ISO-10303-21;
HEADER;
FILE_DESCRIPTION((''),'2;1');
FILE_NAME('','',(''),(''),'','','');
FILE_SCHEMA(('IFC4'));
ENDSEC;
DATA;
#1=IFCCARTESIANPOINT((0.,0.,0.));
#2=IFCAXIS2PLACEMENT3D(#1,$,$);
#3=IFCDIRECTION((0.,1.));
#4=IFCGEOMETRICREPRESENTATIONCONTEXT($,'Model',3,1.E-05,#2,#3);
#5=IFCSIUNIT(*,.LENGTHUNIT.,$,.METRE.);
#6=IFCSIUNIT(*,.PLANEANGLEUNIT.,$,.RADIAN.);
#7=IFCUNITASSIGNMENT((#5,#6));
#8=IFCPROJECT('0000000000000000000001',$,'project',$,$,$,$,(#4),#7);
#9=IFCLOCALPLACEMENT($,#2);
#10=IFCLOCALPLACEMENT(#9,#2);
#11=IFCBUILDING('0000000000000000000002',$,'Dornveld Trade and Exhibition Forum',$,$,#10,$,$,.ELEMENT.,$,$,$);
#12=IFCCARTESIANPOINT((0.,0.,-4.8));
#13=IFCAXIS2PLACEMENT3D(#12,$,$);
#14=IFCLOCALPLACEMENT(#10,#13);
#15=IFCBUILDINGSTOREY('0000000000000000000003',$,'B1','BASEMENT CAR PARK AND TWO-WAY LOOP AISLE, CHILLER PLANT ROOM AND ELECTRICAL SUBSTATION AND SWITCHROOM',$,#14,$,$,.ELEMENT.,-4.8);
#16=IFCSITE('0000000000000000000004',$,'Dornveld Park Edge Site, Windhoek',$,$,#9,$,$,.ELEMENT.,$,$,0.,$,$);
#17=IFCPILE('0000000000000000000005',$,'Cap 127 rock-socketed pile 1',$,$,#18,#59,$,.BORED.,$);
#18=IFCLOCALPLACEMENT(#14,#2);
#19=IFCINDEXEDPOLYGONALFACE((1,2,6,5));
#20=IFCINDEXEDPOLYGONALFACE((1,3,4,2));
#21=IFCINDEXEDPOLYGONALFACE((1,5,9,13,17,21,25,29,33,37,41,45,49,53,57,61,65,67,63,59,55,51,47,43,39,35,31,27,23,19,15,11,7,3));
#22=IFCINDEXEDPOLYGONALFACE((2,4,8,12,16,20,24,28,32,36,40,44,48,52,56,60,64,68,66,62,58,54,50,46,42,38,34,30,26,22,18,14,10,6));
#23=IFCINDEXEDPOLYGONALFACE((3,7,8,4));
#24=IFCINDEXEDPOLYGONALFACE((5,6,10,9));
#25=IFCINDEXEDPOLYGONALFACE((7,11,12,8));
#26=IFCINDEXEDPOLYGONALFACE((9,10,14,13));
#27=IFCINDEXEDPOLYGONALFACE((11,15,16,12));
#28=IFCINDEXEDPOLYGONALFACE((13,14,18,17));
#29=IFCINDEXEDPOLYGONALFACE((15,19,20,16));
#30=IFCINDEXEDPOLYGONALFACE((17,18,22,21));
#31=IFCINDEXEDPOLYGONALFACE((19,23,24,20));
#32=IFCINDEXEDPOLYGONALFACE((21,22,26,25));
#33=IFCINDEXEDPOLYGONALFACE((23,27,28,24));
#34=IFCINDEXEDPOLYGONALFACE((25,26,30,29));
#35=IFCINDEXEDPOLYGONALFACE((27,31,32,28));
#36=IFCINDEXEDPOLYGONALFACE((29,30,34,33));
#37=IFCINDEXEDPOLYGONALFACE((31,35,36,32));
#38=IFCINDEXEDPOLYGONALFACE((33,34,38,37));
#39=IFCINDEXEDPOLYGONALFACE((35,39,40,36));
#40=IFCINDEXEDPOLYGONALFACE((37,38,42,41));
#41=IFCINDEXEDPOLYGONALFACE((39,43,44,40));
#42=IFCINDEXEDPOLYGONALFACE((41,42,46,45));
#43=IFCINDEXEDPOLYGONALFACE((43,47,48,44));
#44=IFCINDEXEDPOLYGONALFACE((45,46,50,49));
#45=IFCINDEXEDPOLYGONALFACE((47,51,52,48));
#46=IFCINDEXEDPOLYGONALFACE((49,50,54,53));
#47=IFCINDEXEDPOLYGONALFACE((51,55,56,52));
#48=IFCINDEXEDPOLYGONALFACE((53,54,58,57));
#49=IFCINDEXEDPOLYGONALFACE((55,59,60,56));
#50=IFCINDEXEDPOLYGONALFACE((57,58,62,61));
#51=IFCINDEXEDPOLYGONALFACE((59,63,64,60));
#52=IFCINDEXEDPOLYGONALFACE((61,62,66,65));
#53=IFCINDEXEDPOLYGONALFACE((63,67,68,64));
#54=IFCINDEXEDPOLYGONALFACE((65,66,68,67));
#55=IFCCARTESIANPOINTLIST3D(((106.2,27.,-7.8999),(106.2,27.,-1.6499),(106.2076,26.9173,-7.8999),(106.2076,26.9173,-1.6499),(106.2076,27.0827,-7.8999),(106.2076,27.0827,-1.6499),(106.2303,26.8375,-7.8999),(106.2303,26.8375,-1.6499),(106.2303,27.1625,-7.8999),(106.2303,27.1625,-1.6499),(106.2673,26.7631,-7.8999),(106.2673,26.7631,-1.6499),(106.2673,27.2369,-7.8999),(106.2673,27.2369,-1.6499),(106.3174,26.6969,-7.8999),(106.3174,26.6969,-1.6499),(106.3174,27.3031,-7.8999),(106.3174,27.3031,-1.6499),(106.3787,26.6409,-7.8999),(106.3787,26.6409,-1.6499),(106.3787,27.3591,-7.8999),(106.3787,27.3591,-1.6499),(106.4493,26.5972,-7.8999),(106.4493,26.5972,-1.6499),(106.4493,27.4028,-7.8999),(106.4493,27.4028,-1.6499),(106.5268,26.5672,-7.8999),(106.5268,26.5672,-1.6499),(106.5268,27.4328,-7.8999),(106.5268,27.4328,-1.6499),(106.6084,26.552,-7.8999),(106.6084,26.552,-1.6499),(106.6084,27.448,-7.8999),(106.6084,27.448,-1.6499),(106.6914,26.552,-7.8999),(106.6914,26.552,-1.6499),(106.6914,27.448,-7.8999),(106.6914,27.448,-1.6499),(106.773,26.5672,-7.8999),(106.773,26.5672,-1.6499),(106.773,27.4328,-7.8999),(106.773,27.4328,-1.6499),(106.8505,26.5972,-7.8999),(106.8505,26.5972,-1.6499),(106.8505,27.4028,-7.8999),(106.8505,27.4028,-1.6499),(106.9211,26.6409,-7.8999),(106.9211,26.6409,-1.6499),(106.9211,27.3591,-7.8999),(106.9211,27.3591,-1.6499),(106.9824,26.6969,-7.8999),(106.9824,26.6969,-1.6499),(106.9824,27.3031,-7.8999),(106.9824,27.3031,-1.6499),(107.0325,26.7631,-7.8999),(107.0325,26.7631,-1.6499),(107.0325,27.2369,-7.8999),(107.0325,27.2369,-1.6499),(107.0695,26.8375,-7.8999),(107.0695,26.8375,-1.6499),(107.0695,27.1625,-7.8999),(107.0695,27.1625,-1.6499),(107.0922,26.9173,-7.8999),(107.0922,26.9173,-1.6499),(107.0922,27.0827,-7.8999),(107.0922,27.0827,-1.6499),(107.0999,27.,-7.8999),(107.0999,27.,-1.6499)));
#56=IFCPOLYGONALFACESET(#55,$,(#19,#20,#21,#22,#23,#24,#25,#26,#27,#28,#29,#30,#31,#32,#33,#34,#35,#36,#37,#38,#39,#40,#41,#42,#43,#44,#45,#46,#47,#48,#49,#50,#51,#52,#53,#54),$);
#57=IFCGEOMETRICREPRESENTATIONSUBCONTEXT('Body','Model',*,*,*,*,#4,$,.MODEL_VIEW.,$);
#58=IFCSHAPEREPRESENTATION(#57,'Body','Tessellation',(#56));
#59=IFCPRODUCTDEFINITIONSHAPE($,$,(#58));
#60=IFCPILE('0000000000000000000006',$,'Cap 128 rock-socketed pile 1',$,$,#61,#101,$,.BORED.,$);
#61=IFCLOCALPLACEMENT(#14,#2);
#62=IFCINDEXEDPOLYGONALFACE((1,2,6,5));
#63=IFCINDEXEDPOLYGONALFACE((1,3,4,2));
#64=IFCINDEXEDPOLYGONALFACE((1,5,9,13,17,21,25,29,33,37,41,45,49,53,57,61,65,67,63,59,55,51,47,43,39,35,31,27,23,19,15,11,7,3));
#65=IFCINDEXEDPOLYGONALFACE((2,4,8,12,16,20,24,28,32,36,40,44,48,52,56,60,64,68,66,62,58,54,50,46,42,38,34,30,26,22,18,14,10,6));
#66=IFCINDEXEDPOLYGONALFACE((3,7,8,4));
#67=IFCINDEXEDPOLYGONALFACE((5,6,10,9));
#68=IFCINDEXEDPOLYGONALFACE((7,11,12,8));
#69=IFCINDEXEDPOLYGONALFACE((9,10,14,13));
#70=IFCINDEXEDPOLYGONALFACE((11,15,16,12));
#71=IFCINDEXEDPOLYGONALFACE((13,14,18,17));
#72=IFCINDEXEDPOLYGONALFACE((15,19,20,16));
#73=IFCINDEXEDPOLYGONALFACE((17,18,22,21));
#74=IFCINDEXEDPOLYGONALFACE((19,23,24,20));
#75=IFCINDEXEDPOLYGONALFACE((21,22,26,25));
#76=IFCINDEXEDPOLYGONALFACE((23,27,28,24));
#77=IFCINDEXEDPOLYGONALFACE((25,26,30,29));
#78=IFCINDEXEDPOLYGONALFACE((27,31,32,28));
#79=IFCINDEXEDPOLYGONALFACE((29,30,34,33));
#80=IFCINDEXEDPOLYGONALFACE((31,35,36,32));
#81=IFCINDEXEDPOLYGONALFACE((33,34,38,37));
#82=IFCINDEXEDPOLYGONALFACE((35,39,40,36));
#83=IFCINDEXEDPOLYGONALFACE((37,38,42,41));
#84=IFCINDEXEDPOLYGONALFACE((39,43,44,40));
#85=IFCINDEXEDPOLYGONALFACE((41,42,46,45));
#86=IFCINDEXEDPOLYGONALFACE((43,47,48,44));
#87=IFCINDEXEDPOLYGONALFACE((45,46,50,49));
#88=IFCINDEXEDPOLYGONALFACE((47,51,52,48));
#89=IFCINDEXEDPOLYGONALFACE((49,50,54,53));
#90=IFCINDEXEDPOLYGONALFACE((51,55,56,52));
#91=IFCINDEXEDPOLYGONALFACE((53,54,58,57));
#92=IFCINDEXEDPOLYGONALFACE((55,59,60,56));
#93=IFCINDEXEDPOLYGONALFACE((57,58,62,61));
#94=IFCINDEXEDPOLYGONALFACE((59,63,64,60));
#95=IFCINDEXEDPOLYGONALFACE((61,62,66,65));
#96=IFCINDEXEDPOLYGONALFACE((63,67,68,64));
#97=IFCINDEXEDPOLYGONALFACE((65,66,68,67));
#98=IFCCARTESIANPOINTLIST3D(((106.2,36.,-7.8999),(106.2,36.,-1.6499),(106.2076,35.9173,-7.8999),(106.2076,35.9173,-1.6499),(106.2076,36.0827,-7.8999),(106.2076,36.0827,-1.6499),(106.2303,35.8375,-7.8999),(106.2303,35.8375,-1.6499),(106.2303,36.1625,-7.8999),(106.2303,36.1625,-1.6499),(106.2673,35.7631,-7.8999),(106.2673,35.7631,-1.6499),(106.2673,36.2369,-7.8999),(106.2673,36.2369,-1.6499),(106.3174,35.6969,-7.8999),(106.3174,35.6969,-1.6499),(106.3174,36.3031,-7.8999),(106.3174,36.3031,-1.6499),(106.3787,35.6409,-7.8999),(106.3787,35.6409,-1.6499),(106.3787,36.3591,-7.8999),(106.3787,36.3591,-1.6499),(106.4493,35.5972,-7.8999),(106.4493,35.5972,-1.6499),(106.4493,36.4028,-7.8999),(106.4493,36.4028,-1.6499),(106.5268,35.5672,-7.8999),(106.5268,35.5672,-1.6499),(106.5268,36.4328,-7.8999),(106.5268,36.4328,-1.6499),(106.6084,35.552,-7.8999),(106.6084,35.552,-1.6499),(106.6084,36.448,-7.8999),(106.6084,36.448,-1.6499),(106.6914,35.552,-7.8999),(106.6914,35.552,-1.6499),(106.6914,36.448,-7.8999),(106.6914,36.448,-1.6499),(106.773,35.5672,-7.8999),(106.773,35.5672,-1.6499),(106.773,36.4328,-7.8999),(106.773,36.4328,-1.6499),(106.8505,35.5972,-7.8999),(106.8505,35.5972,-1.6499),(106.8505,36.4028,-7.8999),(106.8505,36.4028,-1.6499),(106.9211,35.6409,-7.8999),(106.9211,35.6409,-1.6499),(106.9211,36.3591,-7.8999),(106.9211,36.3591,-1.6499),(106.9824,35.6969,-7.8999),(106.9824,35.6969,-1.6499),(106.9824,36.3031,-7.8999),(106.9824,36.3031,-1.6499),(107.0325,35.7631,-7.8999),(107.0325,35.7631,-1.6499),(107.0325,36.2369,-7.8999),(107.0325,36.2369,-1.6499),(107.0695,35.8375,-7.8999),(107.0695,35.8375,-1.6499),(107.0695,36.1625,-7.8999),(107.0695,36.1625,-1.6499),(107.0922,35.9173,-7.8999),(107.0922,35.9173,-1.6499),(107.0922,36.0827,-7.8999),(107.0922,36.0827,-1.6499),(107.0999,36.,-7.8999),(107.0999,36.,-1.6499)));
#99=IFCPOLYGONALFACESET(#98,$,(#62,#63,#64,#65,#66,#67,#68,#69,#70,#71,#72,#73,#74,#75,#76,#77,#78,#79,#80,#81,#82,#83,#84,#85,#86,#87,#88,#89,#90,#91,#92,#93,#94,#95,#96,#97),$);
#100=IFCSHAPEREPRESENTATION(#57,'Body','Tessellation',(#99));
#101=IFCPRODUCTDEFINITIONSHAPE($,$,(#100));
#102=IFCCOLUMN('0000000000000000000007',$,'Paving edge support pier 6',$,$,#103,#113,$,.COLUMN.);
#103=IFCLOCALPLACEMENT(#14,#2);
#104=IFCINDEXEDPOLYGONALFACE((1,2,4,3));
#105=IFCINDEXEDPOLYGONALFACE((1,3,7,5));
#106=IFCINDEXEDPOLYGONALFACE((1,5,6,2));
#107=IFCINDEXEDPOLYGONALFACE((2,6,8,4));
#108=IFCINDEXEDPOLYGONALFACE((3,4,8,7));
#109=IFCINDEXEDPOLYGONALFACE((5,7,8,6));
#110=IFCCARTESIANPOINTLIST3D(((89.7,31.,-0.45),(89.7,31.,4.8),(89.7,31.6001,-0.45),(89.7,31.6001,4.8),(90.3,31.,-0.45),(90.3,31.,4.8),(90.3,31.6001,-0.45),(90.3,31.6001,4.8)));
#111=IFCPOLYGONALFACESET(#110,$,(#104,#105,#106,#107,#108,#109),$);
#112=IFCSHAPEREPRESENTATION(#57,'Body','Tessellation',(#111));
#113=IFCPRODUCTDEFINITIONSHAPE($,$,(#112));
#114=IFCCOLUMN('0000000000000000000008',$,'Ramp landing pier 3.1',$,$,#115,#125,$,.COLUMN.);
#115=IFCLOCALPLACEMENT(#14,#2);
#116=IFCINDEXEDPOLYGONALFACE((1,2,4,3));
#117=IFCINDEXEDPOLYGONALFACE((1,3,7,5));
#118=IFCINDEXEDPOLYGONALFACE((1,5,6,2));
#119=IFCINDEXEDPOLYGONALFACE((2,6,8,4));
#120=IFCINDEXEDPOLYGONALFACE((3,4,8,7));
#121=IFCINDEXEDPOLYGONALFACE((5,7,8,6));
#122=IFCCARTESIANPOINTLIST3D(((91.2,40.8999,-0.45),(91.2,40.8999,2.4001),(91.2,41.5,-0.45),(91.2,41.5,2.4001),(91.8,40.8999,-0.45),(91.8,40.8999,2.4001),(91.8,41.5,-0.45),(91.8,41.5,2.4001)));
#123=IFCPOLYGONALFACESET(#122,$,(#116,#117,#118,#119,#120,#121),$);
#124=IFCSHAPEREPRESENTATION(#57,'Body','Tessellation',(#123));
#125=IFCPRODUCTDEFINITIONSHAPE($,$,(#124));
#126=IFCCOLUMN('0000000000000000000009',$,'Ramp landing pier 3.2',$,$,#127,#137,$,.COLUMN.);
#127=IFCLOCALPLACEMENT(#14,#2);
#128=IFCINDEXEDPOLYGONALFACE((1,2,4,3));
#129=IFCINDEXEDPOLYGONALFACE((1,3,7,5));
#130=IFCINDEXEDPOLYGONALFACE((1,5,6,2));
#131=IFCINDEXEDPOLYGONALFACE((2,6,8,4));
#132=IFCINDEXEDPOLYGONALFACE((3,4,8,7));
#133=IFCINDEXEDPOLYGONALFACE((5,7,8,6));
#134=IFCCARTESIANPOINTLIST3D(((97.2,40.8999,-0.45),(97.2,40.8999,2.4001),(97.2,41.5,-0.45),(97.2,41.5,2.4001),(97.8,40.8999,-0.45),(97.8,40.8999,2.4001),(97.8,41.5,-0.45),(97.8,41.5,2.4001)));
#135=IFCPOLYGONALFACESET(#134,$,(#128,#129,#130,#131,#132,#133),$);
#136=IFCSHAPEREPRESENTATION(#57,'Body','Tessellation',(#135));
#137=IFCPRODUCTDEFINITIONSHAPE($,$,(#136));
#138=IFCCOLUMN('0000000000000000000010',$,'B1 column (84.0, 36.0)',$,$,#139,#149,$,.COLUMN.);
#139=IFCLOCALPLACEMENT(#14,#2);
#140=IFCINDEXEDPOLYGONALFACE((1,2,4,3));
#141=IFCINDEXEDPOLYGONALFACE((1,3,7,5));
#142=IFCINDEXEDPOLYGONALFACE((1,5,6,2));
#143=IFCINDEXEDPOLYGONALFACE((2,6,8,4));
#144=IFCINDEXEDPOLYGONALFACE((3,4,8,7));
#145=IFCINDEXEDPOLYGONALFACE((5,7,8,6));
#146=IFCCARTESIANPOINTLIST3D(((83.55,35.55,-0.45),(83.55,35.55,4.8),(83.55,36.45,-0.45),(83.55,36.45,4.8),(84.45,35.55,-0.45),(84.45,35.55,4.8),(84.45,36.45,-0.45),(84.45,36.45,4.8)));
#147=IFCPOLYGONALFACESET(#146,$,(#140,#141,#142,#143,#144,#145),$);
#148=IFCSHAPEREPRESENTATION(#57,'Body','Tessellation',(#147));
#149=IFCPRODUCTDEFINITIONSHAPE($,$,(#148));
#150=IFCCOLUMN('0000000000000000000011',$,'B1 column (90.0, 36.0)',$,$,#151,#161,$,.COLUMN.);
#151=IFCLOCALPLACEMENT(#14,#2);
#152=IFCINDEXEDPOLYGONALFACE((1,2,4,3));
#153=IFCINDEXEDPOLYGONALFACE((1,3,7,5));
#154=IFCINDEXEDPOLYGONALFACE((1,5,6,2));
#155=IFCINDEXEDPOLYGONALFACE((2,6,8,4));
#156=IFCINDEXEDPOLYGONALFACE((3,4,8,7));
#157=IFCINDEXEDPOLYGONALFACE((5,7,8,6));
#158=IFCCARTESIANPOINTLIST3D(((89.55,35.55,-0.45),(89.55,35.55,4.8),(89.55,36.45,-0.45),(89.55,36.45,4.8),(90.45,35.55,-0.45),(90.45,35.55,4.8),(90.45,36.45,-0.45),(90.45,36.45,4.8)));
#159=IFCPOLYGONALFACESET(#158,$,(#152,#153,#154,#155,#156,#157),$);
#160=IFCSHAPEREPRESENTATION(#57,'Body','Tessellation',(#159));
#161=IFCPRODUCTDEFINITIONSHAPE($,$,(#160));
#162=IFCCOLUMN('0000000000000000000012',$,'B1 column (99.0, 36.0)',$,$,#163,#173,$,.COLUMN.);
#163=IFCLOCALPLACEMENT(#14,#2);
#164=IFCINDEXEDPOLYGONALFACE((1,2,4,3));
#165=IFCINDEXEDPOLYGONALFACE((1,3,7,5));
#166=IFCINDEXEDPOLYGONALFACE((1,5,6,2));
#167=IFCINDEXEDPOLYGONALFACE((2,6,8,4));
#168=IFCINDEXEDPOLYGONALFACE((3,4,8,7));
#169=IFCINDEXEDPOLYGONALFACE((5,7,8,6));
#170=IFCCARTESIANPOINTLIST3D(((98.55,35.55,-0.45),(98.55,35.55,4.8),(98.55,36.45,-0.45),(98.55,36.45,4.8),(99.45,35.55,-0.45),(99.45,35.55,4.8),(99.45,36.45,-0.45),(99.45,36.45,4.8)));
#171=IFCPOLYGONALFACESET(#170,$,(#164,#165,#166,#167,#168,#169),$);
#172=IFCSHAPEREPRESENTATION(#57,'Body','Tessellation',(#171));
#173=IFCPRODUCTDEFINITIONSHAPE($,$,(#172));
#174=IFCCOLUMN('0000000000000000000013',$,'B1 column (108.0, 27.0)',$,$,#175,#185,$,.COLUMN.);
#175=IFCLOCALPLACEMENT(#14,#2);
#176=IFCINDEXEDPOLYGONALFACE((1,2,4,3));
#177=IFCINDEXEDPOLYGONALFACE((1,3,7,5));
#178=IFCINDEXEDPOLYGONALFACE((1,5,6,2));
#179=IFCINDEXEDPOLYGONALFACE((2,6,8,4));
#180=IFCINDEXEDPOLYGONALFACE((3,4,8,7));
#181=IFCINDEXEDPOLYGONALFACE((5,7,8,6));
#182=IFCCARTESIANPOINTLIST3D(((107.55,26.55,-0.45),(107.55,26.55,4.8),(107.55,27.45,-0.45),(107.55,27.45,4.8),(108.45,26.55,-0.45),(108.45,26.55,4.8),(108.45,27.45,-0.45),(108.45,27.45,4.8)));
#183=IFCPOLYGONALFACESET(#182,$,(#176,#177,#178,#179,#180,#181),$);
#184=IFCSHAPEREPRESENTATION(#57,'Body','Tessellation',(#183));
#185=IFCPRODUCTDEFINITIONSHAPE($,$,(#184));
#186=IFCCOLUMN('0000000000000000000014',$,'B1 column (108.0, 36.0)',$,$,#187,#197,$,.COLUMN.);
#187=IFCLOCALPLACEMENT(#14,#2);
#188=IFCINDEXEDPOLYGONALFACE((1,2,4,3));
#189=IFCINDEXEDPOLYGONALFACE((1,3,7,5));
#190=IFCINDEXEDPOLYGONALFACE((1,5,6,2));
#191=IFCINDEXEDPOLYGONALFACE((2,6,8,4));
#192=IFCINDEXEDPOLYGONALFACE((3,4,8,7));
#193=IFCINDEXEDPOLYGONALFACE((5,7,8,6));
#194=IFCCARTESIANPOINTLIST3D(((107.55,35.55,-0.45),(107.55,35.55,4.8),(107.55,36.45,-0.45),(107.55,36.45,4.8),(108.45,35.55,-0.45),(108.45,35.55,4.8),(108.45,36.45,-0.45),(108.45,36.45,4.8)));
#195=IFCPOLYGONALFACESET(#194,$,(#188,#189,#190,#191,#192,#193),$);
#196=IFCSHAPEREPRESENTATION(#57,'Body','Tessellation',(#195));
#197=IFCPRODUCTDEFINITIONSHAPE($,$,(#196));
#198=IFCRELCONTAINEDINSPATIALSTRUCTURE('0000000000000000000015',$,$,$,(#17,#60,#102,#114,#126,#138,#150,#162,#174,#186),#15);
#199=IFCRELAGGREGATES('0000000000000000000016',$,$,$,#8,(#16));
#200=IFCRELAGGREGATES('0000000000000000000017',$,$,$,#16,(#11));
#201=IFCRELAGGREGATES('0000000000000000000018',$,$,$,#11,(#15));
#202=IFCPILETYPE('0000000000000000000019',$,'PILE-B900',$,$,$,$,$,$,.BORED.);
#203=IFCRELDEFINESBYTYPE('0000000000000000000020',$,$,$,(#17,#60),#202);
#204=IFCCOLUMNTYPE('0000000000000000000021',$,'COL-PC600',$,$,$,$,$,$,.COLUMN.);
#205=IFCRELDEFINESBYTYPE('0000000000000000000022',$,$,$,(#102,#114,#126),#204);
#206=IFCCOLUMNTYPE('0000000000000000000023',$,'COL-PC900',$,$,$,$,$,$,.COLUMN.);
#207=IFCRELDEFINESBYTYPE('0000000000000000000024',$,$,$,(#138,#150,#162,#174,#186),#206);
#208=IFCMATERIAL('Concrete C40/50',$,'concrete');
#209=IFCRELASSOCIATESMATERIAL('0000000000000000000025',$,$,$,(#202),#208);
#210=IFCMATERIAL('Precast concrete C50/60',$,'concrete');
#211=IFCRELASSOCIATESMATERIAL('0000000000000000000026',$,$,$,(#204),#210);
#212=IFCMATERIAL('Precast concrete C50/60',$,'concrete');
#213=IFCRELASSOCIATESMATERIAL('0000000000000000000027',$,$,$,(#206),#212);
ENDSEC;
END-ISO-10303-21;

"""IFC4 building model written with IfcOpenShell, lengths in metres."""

from ifc_helpers import new_model, si_unit, direction, frame, origin, origin_2d, place, context, subcontext, project, spatial, rectangle, circle, extrude, material, material_profile, profile_set, type_object, element, save


model = new_model("IFC4")

# Units and contexts
model_context = context("Model", 3, precision=1e-05, world=origin(), true_north=direction((0.0, 1.0)))
body_context = subcontext(model_context, "Body", "Model", "MODEL_VIEW")
ifc_project = project(units=[si_unit("LENGTHUNIT", "METRE"), si_unit("PLANEANGLEUNIT", "RADIAN")], contexts=[model_context])

# Site, building, storey
site_placement = place(None, origin())
site = spatial("IfcSite", under=ifc_project, at=site_placement, Name="Dornveld Park Edge Site, Windhoek", CompositionType="ELEMENT", RefElevation=0.0)
building_placement = place(site_placement, origin())
building = spatial("IfcBuilding", under=site, at=building_placement, Name="Dornveld Trade and Exhibition Forum", CompositionType="ELEMENT")
storey_placement = place(building_placement, frame((0.0, 0.0, -4.8)))
storey = spatial("IfcBuildingStorey", under=building, at=storey_placement, Name="B1", Description="BASEMENT CAR PARK AND TWO-WAY LOOP AISLE, CHILLER PLANT ROOM AND ELECTRICAL SUBSTATION AND SWITCHROOM", CompositionType="ELEMENT", Elevation=-4.8)

# Piles
ifc_material_1 = material(Name="Concrete C40/50", Category="concrete")
ifc_material_profile_1 = material_profile(ifc_material_1, circle(Radius=0.45, at=origin_2d()), Name="PILE D900")
ifc_profile_set_1 = profile_set([ifc_material_profile_1], Name="Concrete C40/50")
pile_type = type_object("IfcPileType", Name="PILE-B900", PredefinedType="BORED", material=ifc_profile_set_1)
for number, where, z_axis, x_axis, name in (
    (1, (106.6499, 27.0, -1.6499), (0.0, 0.0, -1.0), (1.0, 0.0, 0.0), "Cap 127 rock-socketed pile 1"),
    (2, (106.6499, 36.0, -1.6499), (0.0, 0.0, -1.0), (1.0, 0.0, 0.0), "Cap 128 rock-socketed pile 1"),
):
    element("IfcPile", number, at=place(storey_placement, frame(where, z_axis=z_axis, x_axis=x_axis)), inside=storey, type_object=pile_type, Name=name, PredefinedType="BORED", context=body_context, shape_type="SweptSolid", body=[
        extrude(circle(Radius=0.45, at=origin_2d()), origin(), (0.0, 0.0, 1.0), 6.25),
    ])

# Columns
ifc_material_2 = material(Name="Precast concrete C50/60", Category="concrete")
ifc_material_profile_2 = material_profile(ifc_material_2, rectangle(XDim=0.6001, YDim=0.6001, at=origin_2d()), Name="PC-COL 600x600")
ifc_profile_set_2 = profile_set([ifc_material_profile_2], Name="Precast concrete C50/60")
column_type_1 = type_object("IfcColumnType", Name="COL-PC600", PredefinedType="COLUMN", material=ifc_profile_set_2)
column_placement = place(storey_placement, frame((90.0, 31.3, -0.45), z_axis=(0.0, 0.0, 1.0), x_axis=(1.0, 0.0, 0.0)))
element("IfcColumn", 3, at=column_placement, inside=storey, type_object=column_type_1, Name="Paving edge support pier 6", PredefinedType="COLUMN", context=body_context, shape_type="SweptSolid", body=[
    extrude(rectangle(XDim=0.6001, YDim=0.6001, at=origin_2d()), origin(), (0.0, 0.0, 1.0), 5.25),
])
for number, where, z_axis, x_axis, name in (
    (4, (91.5, 41.2, -0.45), (0.0, 0.0, 1.0), (1.0, 0.0, 0.0), "Ramp landing pier 3.1"),
    (5, (97.5, 41.2, -0.45), (0.0, 0.0, 1.0), (1.0, 0.0, 0.0), "Ramp landing pier 3.2"),
):
    element("IfcColumn", number, at=place(storey_placement, frame(where, z_axis=z_axis, x_axis=x_axis)), inside=storey, type_object=column_type_1, Name=name, PredefinedType="COLUMN", context=body_context, shape_type="SweptSolid", body=[
        extrude(rectangle(XDim=0.6001, YDim=0.6001, at=origin_2d()), origin(), (0.0, 0.0, 1.0), 2.8501),
    ])
ifc_material_3 = material(Name="Precast concrete C50/60", Category="concrete")
ifc_material_profile_3 = material_profile(ifc_material_3, rectangle(XDim=0.8999, YDim=0.8999, at=origin_2d()), Name="PC-COL 900x900")
ifc_profile_set_3 = profile_set([ifc_material_profile_3], Name="Precast concrete C50/60")
column_type_2 = type_object("IfcColumnType", Name="COL-PC900", PredefinedType="COLUMN", material=ifc_profile_set_3)
for number, where, z_axis, x_axis, name in (
    (6, (84.0, 36.0, -0.45), (0.0, 0.0, 1.0), (1.0, 0.0, 0.0), "B1 column (84.0, 36.0)"),
    (7, (90.0, 36.0, -0.45), (0.0, 0.0, 1.0), (1.0, 0.0, 0.0), "B1 column (90.0, 36.0)"),
    (8, (99.0, 36.0, -0.45), (0.0, 0.0, 1.0), (1.0, 0.0, 0.0), "B1 column (99.0, 36.0)"),
    (9, (108.0, 27.0, -0.45), (0.0, 0.0, 1.0), (1.0, 0.0, 0.0), "B1 column (108.0, 27.0)"),
    (10, (108.0, 36.0, -0.45), (0.0, 0.0, 1.0), (1.0, 0.0, 0.0), "B1 column (108.0, 36.0)"),
):
    element("IfcColumn", number, at=place(storey_placement, frame(where, z_axis=z_axis, x_axis=x_axis)), inside=storey, type_object=column_type_2, Name=name, PredefinedType="COLUMN", context=body_context, shape_type="SweptSolid", body=[
        extrude(rectangle(XDim=0.8999, YDim=0.8999, at=origin_2d()), origin(), (0.0, 0.0, 1.0), 5.25),
    ])

save(model, "model.ifc")
